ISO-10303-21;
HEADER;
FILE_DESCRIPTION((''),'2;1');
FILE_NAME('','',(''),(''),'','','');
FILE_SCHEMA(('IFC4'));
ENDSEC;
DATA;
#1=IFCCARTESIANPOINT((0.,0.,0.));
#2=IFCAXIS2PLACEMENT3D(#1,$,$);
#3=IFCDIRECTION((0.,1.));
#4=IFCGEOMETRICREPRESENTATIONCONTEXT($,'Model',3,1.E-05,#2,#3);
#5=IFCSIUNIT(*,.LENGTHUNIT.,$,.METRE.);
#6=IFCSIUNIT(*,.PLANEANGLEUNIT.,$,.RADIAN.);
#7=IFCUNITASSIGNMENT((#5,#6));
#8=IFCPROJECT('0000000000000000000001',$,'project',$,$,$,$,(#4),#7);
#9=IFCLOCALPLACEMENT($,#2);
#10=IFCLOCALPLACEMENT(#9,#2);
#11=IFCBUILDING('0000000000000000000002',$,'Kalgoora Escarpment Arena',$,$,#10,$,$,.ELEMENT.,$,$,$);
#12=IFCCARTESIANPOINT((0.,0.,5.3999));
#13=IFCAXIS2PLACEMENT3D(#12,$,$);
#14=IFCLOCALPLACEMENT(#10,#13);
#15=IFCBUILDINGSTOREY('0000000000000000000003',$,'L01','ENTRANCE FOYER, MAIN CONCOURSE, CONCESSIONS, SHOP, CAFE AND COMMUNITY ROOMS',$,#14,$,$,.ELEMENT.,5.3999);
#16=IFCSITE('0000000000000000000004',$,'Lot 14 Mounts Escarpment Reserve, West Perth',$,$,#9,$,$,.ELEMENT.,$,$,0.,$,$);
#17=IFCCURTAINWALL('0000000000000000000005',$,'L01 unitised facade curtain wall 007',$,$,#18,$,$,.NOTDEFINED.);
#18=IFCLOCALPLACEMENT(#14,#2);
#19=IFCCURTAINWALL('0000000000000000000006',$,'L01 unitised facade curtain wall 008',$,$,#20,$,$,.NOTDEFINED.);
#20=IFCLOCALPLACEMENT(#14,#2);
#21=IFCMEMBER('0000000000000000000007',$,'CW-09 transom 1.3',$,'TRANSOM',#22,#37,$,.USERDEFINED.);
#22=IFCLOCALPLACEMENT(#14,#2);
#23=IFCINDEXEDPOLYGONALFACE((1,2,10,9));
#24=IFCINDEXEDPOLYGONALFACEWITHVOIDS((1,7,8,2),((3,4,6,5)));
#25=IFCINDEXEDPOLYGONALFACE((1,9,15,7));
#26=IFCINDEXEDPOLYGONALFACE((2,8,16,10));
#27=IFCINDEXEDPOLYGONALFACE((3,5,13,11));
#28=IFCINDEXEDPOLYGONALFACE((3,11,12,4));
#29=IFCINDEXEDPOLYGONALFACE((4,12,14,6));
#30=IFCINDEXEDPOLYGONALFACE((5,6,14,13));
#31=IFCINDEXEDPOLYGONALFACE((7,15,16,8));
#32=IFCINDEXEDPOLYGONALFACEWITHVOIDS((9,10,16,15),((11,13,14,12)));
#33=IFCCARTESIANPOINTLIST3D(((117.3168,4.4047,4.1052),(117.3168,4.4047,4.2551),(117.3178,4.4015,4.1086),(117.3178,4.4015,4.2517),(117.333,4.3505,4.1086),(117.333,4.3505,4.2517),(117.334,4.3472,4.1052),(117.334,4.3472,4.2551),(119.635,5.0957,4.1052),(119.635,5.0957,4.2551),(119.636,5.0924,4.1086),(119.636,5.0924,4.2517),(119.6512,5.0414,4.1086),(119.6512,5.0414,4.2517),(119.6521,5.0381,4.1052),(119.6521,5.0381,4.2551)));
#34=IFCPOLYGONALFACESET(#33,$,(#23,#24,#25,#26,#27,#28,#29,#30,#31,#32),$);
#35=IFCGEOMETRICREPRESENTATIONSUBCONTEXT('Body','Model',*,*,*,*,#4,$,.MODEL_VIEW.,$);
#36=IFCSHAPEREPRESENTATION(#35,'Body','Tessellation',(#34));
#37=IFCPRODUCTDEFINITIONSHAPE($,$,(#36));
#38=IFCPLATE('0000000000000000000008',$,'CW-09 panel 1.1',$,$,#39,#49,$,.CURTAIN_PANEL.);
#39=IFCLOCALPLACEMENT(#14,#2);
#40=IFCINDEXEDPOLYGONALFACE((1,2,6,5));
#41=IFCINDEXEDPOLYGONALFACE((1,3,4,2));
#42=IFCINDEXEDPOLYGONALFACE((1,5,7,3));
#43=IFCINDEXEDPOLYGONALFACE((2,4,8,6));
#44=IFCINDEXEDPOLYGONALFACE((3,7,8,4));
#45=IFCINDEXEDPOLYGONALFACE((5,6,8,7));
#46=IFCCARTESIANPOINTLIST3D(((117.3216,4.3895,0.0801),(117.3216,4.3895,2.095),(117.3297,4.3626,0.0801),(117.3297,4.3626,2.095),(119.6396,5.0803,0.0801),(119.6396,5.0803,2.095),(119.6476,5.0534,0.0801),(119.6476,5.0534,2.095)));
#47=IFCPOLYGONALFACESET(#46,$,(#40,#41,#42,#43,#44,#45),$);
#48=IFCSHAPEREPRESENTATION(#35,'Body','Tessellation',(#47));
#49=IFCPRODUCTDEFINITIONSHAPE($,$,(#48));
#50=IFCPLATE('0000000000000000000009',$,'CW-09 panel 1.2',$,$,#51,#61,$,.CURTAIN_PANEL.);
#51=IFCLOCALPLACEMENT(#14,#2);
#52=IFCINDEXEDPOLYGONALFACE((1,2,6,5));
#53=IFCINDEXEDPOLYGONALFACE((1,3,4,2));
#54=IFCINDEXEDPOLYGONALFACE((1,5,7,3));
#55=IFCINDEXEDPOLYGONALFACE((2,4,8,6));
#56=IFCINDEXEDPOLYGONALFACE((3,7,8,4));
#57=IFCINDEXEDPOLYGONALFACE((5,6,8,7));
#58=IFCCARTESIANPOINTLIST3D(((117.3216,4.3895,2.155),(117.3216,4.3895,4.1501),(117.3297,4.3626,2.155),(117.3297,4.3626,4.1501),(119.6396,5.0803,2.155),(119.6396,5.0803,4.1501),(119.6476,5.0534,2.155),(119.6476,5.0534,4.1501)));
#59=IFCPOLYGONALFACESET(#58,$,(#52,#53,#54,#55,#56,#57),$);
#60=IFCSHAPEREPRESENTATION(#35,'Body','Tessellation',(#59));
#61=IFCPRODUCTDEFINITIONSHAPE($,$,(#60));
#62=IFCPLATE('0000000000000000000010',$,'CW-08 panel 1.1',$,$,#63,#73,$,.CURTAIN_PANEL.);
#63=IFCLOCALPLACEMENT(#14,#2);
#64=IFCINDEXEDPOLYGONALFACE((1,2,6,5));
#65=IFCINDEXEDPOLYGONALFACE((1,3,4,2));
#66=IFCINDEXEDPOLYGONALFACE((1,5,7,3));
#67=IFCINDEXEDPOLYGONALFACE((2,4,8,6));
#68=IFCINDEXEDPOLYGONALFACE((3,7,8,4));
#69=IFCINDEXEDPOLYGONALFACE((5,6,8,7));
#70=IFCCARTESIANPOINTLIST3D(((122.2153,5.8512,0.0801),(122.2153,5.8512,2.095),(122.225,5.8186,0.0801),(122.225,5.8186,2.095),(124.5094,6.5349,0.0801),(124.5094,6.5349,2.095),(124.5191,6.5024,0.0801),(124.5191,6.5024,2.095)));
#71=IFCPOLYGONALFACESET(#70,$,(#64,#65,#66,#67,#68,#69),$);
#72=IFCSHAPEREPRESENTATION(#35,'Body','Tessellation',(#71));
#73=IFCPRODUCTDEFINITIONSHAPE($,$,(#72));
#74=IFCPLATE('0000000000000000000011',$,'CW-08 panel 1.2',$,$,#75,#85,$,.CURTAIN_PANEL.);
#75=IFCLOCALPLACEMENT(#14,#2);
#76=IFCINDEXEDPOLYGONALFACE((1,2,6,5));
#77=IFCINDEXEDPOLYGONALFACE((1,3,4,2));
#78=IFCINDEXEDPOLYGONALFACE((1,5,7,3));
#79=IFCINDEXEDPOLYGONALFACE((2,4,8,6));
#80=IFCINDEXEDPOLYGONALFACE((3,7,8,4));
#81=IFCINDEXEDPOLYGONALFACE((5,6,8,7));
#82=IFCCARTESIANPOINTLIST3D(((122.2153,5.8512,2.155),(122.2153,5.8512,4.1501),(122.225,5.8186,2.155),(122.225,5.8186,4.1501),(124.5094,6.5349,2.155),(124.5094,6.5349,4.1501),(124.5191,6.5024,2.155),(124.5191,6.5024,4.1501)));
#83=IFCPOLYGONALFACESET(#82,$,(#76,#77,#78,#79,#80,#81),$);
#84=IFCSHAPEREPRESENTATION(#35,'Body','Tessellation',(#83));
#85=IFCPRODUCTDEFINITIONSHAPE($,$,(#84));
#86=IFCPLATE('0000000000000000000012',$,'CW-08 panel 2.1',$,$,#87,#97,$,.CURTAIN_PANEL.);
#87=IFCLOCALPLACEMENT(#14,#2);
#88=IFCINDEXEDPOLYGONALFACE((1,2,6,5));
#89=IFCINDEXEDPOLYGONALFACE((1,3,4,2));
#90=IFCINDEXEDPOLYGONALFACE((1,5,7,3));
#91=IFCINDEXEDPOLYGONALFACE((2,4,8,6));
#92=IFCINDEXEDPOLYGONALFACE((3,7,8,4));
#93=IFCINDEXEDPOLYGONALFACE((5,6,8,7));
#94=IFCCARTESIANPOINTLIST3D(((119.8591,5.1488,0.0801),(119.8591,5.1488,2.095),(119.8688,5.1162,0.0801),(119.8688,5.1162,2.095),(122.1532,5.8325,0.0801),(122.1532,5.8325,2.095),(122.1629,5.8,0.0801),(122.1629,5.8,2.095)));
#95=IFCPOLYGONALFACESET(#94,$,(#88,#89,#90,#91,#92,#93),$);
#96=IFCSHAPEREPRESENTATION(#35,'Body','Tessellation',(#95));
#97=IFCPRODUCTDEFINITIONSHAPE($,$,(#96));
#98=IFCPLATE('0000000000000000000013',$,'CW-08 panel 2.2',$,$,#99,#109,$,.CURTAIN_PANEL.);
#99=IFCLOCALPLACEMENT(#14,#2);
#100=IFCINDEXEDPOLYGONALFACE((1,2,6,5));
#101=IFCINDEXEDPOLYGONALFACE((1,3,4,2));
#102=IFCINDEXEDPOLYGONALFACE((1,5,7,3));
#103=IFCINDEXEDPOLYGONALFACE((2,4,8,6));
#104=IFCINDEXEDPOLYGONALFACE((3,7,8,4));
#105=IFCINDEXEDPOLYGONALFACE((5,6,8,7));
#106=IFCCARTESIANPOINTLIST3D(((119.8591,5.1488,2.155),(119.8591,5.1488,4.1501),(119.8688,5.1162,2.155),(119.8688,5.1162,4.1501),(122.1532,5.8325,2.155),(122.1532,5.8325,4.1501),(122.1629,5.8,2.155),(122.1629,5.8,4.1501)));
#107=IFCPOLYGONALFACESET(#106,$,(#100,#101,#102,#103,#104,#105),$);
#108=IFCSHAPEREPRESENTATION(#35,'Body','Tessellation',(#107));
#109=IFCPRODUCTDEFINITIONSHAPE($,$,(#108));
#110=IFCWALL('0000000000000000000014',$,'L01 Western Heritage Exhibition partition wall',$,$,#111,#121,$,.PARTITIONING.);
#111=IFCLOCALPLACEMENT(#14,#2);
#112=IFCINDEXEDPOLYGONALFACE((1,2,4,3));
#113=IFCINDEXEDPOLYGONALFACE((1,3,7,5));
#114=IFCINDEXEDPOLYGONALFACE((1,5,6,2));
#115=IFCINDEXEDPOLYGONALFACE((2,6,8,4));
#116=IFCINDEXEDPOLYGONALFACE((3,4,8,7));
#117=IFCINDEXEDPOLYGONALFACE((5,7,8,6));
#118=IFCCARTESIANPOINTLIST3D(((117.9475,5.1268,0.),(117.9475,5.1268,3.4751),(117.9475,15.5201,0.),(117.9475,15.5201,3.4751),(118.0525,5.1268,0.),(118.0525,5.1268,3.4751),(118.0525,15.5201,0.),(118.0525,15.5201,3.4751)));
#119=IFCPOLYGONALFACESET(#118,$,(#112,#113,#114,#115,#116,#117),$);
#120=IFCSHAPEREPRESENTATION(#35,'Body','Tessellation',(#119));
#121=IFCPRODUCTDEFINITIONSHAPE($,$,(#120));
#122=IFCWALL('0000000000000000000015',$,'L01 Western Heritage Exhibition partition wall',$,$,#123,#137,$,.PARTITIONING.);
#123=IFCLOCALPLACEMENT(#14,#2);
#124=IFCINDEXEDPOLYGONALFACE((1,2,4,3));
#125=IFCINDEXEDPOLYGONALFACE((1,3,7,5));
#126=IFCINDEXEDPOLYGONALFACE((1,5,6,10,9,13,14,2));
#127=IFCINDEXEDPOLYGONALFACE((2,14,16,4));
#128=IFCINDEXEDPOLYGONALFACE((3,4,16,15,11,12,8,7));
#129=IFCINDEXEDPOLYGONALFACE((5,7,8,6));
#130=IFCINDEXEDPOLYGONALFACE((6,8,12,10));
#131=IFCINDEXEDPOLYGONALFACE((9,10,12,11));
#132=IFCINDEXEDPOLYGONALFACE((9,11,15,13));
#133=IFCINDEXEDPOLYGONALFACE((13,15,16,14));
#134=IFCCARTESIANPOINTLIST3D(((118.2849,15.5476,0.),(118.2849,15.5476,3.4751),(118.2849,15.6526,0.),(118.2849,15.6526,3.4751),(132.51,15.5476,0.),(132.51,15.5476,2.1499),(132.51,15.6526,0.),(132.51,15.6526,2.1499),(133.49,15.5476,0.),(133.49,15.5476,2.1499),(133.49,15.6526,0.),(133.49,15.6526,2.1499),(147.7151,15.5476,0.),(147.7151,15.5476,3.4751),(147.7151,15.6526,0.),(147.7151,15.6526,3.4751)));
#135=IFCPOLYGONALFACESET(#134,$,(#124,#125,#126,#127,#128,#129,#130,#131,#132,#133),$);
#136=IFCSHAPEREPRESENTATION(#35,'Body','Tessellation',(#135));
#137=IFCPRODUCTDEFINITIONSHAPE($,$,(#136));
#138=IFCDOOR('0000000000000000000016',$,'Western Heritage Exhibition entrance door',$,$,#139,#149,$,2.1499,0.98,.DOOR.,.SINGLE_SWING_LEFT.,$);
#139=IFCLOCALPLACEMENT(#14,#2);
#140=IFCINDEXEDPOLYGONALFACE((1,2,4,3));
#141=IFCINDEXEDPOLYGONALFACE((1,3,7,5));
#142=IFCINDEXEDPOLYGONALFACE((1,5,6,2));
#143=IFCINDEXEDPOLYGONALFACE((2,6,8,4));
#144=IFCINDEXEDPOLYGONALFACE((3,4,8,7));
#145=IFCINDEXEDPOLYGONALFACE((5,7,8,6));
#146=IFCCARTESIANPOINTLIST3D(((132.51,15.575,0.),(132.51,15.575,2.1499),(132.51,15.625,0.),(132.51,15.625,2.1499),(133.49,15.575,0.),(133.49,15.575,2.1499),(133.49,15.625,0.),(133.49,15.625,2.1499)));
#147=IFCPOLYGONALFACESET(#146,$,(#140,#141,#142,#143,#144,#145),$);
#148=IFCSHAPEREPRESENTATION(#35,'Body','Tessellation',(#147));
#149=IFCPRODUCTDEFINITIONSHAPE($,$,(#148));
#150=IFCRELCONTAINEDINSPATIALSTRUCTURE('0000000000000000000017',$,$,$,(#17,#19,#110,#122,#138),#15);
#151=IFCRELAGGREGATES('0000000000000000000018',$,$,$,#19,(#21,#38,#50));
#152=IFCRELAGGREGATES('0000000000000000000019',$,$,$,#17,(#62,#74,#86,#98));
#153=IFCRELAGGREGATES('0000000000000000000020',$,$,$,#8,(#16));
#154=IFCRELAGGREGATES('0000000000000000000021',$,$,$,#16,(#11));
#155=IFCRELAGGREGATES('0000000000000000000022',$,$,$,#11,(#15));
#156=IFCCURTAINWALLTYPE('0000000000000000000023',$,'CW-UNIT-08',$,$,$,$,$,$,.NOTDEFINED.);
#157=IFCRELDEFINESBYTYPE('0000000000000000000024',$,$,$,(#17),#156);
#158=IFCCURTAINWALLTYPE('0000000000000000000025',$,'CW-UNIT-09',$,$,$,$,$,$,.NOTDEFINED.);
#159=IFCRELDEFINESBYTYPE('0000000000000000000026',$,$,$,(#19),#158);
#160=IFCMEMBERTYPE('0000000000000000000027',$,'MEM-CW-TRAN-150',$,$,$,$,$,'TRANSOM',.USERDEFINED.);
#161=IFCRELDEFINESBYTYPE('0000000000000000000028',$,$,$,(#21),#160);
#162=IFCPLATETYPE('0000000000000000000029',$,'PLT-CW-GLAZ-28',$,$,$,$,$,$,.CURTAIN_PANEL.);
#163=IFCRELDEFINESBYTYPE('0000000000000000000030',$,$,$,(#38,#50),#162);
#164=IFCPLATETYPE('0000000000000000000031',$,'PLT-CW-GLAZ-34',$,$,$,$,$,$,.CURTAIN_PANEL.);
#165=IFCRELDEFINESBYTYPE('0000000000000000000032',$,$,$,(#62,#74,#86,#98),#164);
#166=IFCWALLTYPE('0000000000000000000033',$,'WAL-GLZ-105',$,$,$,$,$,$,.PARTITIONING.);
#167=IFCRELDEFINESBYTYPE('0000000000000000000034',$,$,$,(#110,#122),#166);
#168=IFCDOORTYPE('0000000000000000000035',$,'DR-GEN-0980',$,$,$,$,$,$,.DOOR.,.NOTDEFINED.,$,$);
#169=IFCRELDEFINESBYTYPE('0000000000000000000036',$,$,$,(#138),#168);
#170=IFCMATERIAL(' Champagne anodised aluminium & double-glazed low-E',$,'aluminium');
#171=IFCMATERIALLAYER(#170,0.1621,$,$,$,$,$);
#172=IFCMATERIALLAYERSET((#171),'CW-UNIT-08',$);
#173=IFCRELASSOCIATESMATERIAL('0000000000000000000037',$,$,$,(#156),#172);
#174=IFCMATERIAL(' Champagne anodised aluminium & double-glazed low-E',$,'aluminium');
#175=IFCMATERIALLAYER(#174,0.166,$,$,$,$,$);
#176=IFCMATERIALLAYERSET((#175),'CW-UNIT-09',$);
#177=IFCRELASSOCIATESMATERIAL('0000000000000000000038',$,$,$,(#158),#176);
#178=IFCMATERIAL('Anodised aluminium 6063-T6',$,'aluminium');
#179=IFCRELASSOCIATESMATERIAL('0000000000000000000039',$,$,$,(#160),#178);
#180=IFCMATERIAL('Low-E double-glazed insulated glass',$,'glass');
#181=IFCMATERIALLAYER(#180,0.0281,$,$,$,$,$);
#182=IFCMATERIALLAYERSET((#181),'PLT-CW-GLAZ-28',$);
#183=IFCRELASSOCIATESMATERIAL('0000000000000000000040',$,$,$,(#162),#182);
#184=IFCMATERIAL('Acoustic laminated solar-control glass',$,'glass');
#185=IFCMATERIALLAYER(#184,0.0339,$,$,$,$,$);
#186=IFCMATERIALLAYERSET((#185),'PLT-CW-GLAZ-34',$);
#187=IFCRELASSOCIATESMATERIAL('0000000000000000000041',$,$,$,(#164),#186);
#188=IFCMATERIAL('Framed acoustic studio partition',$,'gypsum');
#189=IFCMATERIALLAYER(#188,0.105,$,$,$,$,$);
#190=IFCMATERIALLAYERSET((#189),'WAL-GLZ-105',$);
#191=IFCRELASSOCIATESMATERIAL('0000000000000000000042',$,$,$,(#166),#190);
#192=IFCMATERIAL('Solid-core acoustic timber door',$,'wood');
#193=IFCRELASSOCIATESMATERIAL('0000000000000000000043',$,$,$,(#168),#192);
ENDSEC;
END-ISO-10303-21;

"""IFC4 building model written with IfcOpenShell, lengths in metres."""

from ifc_helpers import new_model, si_unit, direction, frame, frame_2d, origin, origin_2d, place, context, subcontext, project, spatial, rectangle, hollow_rectangle, extrude, material, layer, layer_set, material_profile, profile_set, type_object, element, fill, aggregate, save


model = new_model("IFC4")

# Units and contexts
model_context = context("Model", 3, precision=1e-05, world=origin(), true_north=direction((0.0, 1.0)))
body_context = subcontext(model_context, "Body", "Model", "MODEL_VIEW")
ifc_project = project(units=[si_unit("LENGTHUNIT", "METRE"), si_unit("PLANEANGLEUNIT", "RADIAN")], contexts=[model_context])

# Site, building, storey
site_placement = place(None, origin())
site = spatial("IfcSite", under=ifc_project, at=site_placement, Name="Lot 14 Mounts Escarpment Reserve, West Perth", CompositionType="ELEMENT", RefElevation=0.0)
building_placement = place(site_placement, origin())
building = spatial("IfcBuilding", under=site, at=building_placement, Name="Kalgoora Escarpment Arena", CompositionType="ELEMENT")
storey_placement = place(building_placement, frame((0.0, 0.0, 5.3999)))
storey = spatial("IfcBuildingStorey", under=building, at=storey_placement, Name="L01", Description="ENTRANCE FOYER, MAIN CONCOURSE, CONCESSIONS, SHOP, CAFE AND COMMUNITY ROOMS", CompositionType="ELEMENT", Elevation=5.3999)

# Curtain walls
ifc_material_1 = material(Name=" Champagne anodised aluminium & double-glazed low-E", Category="aluminium")
ifc_layer_1 = layer(ifc_material_1, 0.1621)
ifc_layer_set_1 = layer_set([ifc_layer_1], Name="CW-UNIT-08")
curtain_wall_type_1 = type_object("IfcCurtainWallType", Name="CW-UNIT-08", PredefinedType="NOTDEFINED", material=ifc_layer_set_1)
curtain_wall_1_placement = place(storey_placement, origin())
curtain_wall_1 = element("IfcCurtainWall", 1, at=curtain_wall_1_placement, inside=storey, type_object=curtain_wall_type_1, Name="L01 unitised facade curtain wall 007", PredefinedType="NOTDEFINED")
ifc_material_2 = material(Name=" Champagne anodised aluminium & double-glazed low-E", Category="aluminium")
ifc_layer_2 = layer(ifc_material_2, 0.166)
ifc_layer_set_2 = layer_set([ifc_layer_2], Name="CW-UNIT-09")
curtain_wall_type_2 = type_object("IfcCurtainWallType", Name="CW-UNIT-09", PredefinedType="NOTDEFINED", material=ifc_layer_set_2)
curtain_wall_2_placement = place(storey_placement, origin())
curtain_wall_2 = element("IfcCurtainWall", 2, at=curtain_wall_2_placement, inside=storey, type_object=curtain_wall_type_2, Name="L01 unitised facade curtain wall 008", PredefinedType="NOTDEFINED")

# Member
ifc_material_3 = material(Name="Anodised aluminium 6063-T6", Category="aluminium")
ifc_material_profile_1 = material_profile(ifc_material_3, hollow_rectangle(XDim=0.0601, YDim=0.1499, WallThickness=0.0034, at=origin_2d()))
ifc_profile_set_1 = profile_set([ifc_material_profile_1], Name="Anodised aluminium 6063-T6")
member_type_1 = type_object("IfcMemberType", Name="MEM-CW-TRAN-150", ElementType="TRANSOM", PredefinedType="USERDEFINED", material=ifc_profile_set_1)
member_1_placement = place(storey_placement, frame((119.6436, 5.0669, 4.1802), z_axis=(-0.958339, -0.285634, 0.0), x_axis=(0.285634, -0.958339, 0.0)))
member_1 = element("IfcMember", 3, at=member_1_placement, type_object=member_type_1, Name="CW-09 transom 1.3", ObjectType="TRANSOM", PredefinedType="USERDEFINED", context=body_context, shape_type="SweptSolid", body=[
    extrude(hollow_rectangle(XDim=0.0601, YDim=0.1499, WallThickness=0.0034, at=origin_2d()), origin(), (0.0, 0.0, 1.0), 2.4189),
])

# Plates
ifc_material_4 = material(Name="Low-E double-glazed insulated glass", Category="glass")
ifc_layer_3 = layer(ifc_material_4, 0.0281)
ifc_layer_set_3 = layer_set([ifc_layer_3], Name="PLT-CW-GLAZ-28")
plate_type_1 = type_object("IfcPlateType", Name="PLT-CW-GLAZ-28", PredefinedType="CURTAIN_PANEL", material=ifc_layer_set_3)
plate_1_placement = place(storey_placement, frame((118.4846, 4.7214, 0.0801), z_axis=(0.0, 0.0, 1.0), x_axis=(-0.958341, -0.285626, 0.0)))
plate_1 = element("IfcPlate", 4, at=plate_1_placement, type_object=plate_type_1, Name="CW-09 panel 1.1", PredefinedType="CURTAIN_PANEL", context=body_context, shape_type="SweptSolid", body=[
    extrude(rectangle(XDim=2.4187, YDim=0.0281, at=origin_2d()), origin(), (0.0, 0.0, 1.0), 2.0149),
])
plate_2_placement = place(storey_placement, frame((118.4846, 4.7214, 2.155), z_axis=(0.0, 0.0, 1.0), x_axis=(-0.958341, -0.285626, 0.0)))
plate_2 = element("IfcPlate", 5, at=plate_2_placement, type_object=plate_type_1, Name="CW-09 panel 1.2", PredefinedType="CURTAIN_PANEL", context=body_context, shape_type="SweptSolid", body=[
    extrude(rectangle(XDim=2.4187, YDim=0.0281, at=origin_2d()), origin(), (0.0, 0.0, 1.0), 1.9951),
])
aggregate(curtain_wall_2, [member_1, plate_1, plate_2])
ifc_material_5 = material(Name="Acoustic laminated solar-control glass", Category="glass")
ifc_layer_4 = layer(ifc_material_5, 0.0339)
ifc_layer_set_4 = layer_set([ifc_layer_4], Name="PLT-CW-GLAZ-34")
plate_type_2 = type_object("IfcPlateType", Name="PLT-CW-GLAZ-34", PredefinedType="CURTAIN_PANEL", material=ifc_layer_set_4)
plate_3_placement = place(storey_placement, frame((123.3672, 6.1768, 0.0801), z_axis=(0.0, 0.0, 1.0), x_axis=(-0.958342, -0.285622, 0.0)))
plate_3 = element("IfcPlate", 6, at=plate_3_placement, type_object=plate_type_2, Name="CW-08 panel 1.1", PredefinedType="CURTAIN_PANEL", context=body_context, shape_type="SweptSolid", body=[
    extrude(rectangle(XDim=2.3938, YDim=0.0339, at=origin_2d()), origin(), (0.0, 0.0, 1.0), 2.0149),
])
plate_4_placement = place(storey_placement, frame((123.3672, 6.1768, 2.155), z_axis=(0.0, 0.0, 1.0), x_axis=(-0.958342, -0.285622, 0.0)))
plate_4 = element("IfcPlate", 7, at=plate_4_placement, type_object=plate_type_2, Name="CW-08 panel 1.2", PredefinedType="CURTAIN_PANEL", context=body_context, shape_type="SweptSolid", body=[
    extrude(rectangle(XDim=2.3938, YDim=0.0339, at=origin_2d()), origin(), (0.0, 0.0, 1.0), 1.9951),
])
plate_5_placement = place(storey_placement, frame((121.011, 5.4744, 0.0801), z_axis=(0.0, 0.0, 1.0), x_axis=(-0.958342, -0.285622, 0.0)))
plate_5 = element("IfcPlate", 8, at=plate_5_placement, type_object=plate_type_2, Name="CW-08 panel 2.1", PredefinedType="CURTAIN_PANEL", context=body_context, shape_type="SweptSolid", body=[
    extrude(rectangle(XDim=2.3938, YDim=0.0339, at=origin_2d()), origin(), (0.0, 0.0, 1.0), 2.0149),
])
plate_6_placement = place(storey_placement, frame((121.011, 5.4744, 2.155), z_axis=(0.0, 0.0, 1.0), x_axis=(-0.958342, -0.285622, 0.0)))
plate_6 = element("IfcPlate", 9, at=plate_6_placement, type_object=plate_type_2, Name="CW-08 panel 2.2", PredefinedType="CURTAIN_PANEL", context=body_context, shape_type="SweptSolid", body=[
    extrude(rectangle(XDim=2.3938, YDim=0.0339, at=origin_2d()), origin(), (0.0, 0.0, 1.0), 1.9951),
])
aggregate(curtain_wall_1, [plate_3, plate_4, plate_5, plate_6])

# Wall
ifc_material_6 = material(Name="Framed acoustic studio partition", Category="gypsum")
ifc_layer_5 = layer(ifc_material_6, 0.105)
ifc_layer_set_5 = layer_set([ifc_layer_5], Name="WAL-GLZ-105")
wall_type = type_object("IfcWallType", Name="WAL-GLZ-105", PredefinedType="PARTITIONING", material=ifc_layer_set_5)
wall_1_placement = place(storey_placement, frame((118.0, 5.1267, 0.0), z_axis=(0.0, 0.0, 1.0), x_axis=(0.0, 1.0, 0.0)))
element("IfcWall", 10, at=wall_1_placement, inside=storey, type_object=wall_type, Name="L01 Western Heritage Exhibition partition wall", PredefinedType="PARTITIONING", context=body_context, shape_type="SweptSolid", body=[
    extrude(rectangle(XDim=10.3933, YDim=0.105, at=frame_2d((5.1968, 0.0))), origin(), (0.0, 0.0, 1.0), 3.4751),
])

# Wall, opening, door
wall_2_placement = place(storey_placement, frame((118.2849, 15.6001, 0.0), z_axis=(0.0, 0.0, 1.0), x_axis=(1.0, 0.0, 0.0)))
wall_2 = element("IfcWall", 11, at=wall_2_placement, inside=storey, type_object=wall_type, Name="L01 Western Heritage Exhibition partition wall", PredefinedType="PARTITIONING", context=body_context, shape_type="SweptSolid", body=[
    extrude(rectangle(XDim=29.4302, YDim=0.105, at=frame_2d((14.7151, 0.0))), origin(), (0.0, 0.0, 1.0), 3.4751),
])
opening_placement = place(wall_2_placement, frame((14.2251, 0.0, 0.0)))
opening = element("IfcOpeningElement", 12, at=opening_placement, cuts=wall_2, PredefinedType="OPENING", context=body_context, shape_type="SweptSolid", body=[
    extrude(rectangle(XDim=0.98, YDim=2.1499, at=frame_2d((0.49, 1.075))), frame((0.0, 0.0625, 0.0), z_axis=(0.0, -1.0, 0.0), x_axis=(1.0, 0.0, 0.0)), (0.0, 0.0, 1.0), 0.125),
])
ifc_material_7 = material(Name="Solid-core acoustic timber door", Category="wood")
door_type = type_object("IfcDoorType", Name="DR-GEN-0980", OperationType="NOTDEFINED", PredefinedType="DOOR", material=ifc_material_7)
door_placement = place(opening_placement, origin())
door = element("IfcDoor", 13, at=door_placement, inside=storey, type_object=door_type, Name="Western Heritage Exhibition entrance door", OperationType="SINGLE_SWING_LEFT", OverallHeight=2.1499, OverallWidth=0.98, PredefinedType="DOOR", context=body_context, shape_type="SweptSolid", body=[
    extrude(rectangle(XDim=0.98, YDim=2.1499, at=frame_2d((0.49, 1.075))), frame((0.0, 0.0249, 0.0), z_axis=(0.0, -1.0, 0.0), x_axis=(1.0, 0.0, 0.0)), (0.0, 0.0, 1.0), 0.05),
])
fill(opening, door)

save(model, "model.ifc")
